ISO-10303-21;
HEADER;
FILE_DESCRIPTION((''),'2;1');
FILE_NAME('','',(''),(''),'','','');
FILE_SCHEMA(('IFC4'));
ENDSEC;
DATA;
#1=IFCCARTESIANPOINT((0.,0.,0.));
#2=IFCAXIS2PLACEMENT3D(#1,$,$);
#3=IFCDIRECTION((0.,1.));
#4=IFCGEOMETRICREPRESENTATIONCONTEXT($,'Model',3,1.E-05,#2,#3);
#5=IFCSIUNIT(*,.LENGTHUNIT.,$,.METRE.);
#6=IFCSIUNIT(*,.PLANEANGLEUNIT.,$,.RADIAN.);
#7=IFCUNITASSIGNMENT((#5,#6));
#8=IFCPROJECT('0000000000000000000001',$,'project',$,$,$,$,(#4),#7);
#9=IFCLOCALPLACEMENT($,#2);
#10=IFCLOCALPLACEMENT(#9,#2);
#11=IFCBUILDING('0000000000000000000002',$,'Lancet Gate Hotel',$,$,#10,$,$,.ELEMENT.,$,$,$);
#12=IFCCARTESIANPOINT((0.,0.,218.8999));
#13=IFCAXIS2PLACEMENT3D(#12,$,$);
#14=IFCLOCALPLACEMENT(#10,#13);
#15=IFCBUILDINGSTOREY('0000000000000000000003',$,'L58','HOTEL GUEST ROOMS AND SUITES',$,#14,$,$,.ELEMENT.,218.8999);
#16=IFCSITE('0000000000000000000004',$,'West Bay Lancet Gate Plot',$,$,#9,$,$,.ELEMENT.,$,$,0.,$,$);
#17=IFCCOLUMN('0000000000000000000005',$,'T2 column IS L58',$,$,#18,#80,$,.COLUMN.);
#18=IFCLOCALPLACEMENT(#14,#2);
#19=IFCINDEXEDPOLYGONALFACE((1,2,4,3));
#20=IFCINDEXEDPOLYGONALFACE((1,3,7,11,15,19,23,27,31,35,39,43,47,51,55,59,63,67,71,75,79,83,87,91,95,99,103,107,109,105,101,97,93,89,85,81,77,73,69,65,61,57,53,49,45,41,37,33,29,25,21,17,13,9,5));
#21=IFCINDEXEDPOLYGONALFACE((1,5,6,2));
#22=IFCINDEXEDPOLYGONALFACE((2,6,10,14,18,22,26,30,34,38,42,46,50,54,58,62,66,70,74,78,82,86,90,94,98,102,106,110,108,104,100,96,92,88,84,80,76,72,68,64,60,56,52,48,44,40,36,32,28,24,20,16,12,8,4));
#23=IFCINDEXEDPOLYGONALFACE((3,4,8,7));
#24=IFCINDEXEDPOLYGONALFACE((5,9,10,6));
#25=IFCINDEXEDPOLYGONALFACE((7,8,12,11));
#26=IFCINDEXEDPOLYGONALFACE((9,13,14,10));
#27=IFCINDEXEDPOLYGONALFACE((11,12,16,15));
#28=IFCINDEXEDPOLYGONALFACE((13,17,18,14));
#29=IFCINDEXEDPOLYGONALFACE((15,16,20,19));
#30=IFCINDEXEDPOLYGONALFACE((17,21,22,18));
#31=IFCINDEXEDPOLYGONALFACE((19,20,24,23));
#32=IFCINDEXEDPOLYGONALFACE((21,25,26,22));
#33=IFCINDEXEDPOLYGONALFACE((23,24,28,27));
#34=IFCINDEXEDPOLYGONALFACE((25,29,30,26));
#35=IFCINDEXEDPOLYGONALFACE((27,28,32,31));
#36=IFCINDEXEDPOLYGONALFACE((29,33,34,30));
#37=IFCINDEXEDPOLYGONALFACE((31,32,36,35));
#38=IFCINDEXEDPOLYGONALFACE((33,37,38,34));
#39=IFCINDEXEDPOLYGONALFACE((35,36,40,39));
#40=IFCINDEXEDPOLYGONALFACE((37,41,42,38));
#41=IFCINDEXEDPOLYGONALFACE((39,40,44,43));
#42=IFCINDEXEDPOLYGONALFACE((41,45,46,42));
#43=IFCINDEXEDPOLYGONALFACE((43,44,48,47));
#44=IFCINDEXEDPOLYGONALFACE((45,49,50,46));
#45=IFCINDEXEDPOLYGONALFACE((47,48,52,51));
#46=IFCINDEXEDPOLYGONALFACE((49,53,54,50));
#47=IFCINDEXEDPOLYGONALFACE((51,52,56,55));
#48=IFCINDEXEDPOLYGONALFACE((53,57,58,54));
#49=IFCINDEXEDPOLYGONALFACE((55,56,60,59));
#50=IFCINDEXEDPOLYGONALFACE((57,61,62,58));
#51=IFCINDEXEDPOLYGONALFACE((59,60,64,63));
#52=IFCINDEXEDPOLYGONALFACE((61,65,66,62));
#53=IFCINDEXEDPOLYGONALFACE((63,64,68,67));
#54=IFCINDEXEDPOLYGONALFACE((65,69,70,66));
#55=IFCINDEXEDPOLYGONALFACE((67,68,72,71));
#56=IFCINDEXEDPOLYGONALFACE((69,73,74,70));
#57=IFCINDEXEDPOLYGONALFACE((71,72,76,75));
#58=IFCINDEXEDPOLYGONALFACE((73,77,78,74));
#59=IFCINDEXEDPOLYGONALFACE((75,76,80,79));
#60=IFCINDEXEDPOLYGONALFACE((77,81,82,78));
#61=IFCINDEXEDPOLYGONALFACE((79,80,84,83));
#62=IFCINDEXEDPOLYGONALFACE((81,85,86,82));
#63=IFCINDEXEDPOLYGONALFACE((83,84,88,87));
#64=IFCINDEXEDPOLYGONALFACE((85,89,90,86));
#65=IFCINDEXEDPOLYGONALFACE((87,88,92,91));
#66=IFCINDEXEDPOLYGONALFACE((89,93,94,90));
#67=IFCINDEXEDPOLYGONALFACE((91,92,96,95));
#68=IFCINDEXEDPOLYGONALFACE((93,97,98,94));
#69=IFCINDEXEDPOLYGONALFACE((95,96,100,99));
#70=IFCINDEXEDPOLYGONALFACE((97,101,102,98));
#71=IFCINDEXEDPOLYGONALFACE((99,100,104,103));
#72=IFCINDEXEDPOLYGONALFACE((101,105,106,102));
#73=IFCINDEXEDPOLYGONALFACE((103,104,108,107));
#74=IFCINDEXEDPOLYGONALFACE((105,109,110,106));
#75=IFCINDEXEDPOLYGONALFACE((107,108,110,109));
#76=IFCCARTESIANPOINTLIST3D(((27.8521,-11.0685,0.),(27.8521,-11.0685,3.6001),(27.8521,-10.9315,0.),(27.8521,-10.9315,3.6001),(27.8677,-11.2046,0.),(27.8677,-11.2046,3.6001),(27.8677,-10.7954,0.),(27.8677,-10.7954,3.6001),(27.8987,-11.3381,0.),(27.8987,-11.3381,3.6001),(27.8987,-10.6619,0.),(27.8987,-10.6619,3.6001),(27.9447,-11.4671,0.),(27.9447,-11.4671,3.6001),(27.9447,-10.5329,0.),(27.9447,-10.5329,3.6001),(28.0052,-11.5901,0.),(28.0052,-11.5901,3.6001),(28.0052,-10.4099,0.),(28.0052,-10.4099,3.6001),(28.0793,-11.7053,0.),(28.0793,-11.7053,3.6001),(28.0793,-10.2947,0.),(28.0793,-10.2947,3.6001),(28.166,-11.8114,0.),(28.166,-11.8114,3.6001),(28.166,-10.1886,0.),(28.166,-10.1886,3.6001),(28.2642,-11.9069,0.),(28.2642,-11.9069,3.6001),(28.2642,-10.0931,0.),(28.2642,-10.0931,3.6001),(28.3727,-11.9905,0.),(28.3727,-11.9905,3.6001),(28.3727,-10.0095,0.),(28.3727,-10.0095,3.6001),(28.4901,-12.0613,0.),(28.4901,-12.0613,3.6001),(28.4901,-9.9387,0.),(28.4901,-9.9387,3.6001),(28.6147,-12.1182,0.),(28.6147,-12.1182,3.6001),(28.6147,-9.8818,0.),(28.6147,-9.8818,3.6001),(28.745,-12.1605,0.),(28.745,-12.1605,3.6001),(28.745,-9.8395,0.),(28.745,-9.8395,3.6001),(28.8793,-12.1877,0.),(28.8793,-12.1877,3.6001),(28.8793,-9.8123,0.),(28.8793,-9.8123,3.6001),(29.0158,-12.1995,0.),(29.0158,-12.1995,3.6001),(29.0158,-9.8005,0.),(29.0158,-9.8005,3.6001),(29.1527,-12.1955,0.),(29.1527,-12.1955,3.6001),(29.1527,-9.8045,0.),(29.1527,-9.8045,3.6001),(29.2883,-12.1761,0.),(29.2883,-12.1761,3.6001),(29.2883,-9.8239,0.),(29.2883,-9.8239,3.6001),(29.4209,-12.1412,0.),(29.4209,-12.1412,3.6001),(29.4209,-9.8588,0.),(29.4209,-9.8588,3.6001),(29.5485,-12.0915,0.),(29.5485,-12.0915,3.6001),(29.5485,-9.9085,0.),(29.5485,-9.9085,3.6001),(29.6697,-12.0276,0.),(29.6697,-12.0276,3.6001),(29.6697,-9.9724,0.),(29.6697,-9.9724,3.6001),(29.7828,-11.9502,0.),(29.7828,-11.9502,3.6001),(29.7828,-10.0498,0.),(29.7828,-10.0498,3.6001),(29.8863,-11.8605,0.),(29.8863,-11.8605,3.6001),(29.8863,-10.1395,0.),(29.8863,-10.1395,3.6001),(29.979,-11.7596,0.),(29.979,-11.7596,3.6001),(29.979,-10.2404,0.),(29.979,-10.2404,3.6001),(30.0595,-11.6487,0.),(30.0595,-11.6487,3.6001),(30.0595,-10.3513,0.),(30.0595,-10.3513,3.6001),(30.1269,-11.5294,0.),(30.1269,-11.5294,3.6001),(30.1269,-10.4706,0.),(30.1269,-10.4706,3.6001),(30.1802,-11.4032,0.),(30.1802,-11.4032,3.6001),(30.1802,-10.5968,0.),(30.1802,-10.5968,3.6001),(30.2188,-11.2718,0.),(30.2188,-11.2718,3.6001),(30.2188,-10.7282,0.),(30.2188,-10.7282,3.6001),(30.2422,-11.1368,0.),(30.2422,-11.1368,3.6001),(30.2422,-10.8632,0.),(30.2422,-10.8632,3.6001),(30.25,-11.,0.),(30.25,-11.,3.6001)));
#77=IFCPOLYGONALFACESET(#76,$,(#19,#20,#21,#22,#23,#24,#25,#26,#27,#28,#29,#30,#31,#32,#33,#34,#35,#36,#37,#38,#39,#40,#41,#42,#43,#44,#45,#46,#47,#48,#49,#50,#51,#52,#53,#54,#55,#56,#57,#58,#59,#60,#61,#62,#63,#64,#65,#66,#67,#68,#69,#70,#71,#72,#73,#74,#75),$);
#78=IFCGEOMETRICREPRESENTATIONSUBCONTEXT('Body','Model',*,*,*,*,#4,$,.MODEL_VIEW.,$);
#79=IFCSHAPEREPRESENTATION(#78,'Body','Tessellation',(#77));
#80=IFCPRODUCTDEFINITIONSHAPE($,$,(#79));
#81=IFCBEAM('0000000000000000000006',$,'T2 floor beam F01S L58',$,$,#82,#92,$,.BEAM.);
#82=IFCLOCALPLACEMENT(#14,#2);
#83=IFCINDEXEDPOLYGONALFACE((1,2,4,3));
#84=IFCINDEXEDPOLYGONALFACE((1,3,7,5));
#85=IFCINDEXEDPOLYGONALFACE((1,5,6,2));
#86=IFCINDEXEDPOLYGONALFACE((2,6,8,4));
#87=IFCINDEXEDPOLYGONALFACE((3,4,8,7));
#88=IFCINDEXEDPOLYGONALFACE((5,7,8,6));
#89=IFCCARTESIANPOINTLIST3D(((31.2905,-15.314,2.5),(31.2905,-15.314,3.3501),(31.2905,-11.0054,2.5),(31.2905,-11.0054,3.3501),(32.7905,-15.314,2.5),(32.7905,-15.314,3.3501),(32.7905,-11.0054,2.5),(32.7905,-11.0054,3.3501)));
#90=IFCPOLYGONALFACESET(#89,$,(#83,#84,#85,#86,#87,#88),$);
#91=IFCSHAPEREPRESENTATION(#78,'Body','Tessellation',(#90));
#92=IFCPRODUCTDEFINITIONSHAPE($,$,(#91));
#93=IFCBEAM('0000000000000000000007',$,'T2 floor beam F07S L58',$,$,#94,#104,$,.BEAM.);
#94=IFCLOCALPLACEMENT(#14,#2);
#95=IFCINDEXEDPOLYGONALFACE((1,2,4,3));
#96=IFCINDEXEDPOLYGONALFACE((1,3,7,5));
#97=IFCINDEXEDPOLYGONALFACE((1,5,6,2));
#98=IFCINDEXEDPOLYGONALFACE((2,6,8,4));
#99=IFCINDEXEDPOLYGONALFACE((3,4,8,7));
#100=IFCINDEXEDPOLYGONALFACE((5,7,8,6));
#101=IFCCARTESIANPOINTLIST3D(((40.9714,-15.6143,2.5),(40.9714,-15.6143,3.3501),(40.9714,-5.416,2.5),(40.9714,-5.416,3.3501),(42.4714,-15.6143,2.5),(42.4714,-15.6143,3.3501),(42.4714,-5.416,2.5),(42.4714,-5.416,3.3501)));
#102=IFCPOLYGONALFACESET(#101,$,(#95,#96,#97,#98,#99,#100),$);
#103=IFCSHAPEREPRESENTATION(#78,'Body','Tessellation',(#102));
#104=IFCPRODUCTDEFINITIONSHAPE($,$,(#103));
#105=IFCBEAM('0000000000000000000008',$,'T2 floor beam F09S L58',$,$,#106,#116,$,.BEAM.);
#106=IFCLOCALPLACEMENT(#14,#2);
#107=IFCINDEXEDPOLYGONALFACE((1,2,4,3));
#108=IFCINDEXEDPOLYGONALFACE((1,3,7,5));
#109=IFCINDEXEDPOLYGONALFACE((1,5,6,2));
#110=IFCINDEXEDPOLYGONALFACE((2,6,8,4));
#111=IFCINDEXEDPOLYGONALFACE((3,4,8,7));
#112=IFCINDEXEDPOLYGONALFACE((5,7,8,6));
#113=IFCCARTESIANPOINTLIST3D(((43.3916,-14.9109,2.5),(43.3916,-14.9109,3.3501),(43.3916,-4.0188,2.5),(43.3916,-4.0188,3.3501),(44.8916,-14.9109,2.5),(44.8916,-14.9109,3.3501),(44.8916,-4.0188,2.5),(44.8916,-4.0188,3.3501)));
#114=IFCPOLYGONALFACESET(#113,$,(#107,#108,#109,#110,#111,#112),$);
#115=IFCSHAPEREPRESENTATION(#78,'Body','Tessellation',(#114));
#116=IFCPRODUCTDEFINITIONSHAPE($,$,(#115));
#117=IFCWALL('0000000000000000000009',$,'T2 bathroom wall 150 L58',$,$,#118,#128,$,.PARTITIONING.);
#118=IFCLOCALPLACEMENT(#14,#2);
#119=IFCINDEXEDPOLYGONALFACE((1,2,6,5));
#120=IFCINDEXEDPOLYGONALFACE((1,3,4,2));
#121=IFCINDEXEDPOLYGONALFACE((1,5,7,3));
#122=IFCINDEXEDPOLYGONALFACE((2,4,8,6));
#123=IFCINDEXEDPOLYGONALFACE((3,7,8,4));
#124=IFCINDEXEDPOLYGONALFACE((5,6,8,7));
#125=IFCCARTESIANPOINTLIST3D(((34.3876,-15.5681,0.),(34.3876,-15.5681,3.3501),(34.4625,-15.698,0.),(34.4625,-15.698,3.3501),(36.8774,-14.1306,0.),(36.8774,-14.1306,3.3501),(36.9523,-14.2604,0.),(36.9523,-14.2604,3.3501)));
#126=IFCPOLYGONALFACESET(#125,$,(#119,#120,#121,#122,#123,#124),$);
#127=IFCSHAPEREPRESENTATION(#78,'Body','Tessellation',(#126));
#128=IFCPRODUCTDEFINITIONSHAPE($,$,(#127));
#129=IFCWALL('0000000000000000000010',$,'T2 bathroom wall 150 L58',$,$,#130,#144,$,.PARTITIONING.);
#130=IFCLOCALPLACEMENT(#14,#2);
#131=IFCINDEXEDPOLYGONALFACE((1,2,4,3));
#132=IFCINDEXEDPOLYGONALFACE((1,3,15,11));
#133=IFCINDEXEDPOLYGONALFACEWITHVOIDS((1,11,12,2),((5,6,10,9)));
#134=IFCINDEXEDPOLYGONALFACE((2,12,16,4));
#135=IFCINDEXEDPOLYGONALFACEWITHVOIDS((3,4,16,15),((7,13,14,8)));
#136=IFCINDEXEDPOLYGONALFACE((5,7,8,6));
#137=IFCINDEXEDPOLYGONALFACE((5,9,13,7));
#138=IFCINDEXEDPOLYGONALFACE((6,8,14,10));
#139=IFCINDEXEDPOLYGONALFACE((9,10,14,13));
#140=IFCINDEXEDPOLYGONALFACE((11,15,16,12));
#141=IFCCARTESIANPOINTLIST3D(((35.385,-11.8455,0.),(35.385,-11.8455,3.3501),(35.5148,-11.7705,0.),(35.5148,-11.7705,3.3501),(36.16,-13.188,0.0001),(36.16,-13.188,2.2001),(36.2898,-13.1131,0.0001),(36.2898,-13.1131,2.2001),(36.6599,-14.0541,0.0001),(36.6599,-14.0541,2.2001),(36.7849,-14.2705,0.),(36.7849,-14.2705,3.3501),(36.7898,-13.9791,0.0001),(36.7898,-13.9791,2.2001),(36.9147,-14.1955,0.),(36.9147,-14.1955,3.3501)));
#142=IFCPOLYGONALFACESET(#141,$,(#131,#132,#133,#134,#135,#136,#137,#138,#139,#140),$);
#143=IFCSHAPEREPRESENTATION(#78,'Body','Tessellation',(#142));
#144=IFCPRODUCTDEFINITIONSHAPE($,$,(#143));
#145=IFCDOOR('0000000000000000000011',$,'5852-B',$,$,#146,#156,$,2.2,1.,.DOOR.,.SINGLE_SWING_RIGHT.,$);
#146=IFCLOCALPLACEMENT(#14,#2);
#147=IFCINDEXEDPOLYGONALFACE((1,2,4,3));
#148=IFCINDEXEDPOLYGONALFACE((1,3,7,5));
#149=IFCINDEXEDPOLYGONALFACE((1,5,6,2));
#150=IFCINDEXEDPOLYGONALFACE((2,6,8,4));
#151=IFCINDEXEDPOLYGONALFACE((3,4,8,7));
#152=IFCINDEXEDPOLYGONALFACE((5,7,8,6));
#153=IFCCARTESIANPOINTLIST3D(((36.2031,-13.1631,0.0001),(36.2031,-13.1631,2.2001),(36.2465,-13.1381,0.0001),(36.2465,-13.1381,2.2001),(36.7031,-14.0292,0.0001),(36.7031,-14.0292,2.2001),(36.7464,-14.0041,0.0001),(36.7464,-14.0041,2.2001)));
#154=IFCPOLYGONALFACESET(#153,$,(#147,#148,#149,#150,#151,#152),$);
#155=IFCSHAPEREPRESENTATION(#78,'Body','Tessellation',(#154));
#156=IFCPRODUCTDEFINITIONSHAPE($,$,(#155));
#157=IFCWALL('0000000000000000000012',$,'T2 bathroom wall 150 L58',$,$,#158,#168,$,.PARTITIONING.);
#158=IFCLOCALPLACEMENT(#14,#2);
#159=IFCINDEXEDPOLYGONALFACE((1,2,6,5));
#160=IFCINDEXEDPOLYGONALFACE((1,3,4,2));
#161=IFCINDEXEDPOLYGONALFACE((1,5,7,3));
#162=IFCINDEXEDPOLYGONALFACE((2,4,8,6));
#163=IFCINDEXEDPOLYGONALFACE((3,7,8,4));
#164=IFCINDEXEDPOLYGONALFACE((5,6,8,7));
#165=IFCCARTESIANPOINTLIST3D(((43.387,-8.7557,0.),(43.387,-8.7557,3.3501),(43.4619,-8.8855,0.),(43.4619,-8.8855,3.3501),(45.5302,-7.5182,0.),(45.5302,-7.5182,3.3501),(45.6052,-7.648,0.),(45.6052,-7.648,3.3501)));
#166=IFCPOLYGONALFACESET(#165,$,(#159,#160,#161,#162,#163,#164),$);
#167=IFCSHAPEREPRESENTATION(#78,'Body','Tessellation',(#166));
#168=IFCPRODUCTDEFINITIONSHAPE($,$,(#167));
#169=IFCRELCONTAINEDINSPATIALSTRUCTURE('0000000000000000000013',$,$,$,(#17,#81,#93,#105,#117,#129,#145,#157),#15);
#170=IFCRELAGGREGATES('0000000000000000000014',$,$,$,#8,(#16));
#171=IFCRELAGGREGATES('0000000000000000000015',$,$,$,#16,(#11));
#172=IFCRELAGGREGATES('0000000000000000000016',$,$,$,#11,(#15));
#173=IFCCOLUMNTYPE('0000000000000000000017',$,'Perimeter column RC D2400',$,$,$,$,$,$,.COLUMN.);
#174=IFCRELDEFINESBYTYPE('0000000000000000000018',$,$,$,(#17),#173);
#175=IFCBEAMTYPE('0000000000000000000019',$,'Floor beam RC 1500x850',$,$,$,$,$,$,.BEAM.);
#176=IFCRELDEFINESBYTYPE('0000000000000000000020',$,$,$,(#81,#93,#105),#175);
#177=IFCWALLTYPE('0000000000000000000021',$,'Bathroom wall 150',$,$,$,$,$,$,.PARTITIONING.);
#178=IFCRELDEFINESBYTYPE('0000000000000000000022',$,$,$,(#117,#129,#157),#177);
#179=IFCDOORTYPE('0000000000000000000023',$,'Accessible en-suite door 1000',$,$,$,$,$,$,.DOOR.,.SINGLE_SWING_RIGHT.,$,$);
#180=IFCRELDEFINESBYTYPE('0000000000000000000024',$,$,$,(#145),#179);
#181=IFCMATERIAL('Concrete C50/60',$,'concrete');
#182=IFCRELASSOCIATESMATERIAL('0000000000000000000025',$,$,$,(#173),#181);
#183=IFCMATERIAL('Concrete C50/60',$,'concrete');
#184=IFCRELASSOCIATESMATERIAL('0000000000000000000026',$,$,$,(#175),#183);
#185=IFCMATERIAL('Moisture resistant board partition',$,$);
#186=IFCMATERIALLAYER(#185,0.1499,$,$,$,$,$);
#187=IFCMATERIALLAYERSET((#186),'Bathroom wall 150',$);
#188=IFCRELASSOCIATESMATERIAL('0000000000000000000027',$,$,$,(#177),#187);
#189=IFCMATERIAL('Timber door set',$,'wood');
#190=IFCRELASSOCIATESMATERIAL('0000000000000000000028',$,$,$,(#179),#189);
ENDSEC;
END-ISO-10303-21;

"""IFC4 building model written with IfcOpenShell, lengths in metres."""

from ifc_helpers import new_model, si_unit, direction, frame, frame_2d, origin, origin_2d, place, context, subcontext, project, spatial, rectangle, circle, extrude, material, layer, layer_set, material_profile, profile_set, type_object, element, fill, save


model = new_model("IFC4")

# Units and contexts
model_context = context("Model", 3, precision=1e-05, world=origin(), true_north=direction((0.0, 1.0)))
body_context = subcontext(model_context, "Body", "Model", "MODEL_VIEW")
ifc_project = project(units=[si_unit("LENGTHUNIT", "METRE"), si_unit("PLANEANGLEUNIT", "RADIAN")], contexts=[model_context])

# Site, building, storey
site_placement = place(None, origin())
site = spatial("IfcSite", under=ifc_project, at=site_placement, Name="West Bay Lancet Gate Plot", CompositionType="ELEMENT", RefElevation=0.0)
building_placement = place(site_placement, origin())
building = spatial("IfcBuilding", under=site, at=building_placement, Name="Lancet Gate Hotel", CompositionType="ELEMENT")
storey_placement = place(building_placement, frame((0.0, 0.0, 218.8999)))
storey = spatial("IfcBuildingStorey", under=building, at=storey_placement, Name="L58", Description="HOTEL GUEST ROOMS AND SUITES", CompositionType="ELEMENT", Elevation=218.8999)

# Column
ifc_material_1 = material(Name="Concrete C50/60", Category="concrete")
ifc_material_profile_1 = material_profile(ifc_material_1, circle(Radius=1.2, at=origin_2d()), Name="RC D2400")
ifc_profile_set_1 = profile_set([ifc_material_profile_1], Name="Concrete C50/60")
column_type = type_object("IfcColumnType", Name="Perimeter column RC D2400", PredefinedType="COLUMN", material=ifc_profile_set_1)
column_placement = place(storey_placement, frame((29.05, -11.0, 0.0), z_axis=(0.0, 0.0, 1.0), x_axis=(1.0, 0.0, 0.0)))
element("IfcColumn", 1, at=column_placement, inside=storey, type_object=column_type, Name="T2 column IS L58", PredefinedType="COLUMN", context=body_context, shape_type="SweptSolid", body=[
    extrude(circle(Radius=1.2, at=origin_2d()), origin(), (0.0, 0.0, 1.0), 3.6001),
])

# Beams
ifc_material_2 = material(Name="Concrete C50/60", Category="concrete")
ifc_material_profile_2 = material_profile(ifc_material_2, rectangle(XDim=1.5, YDim=0.8501, at=origin_2d()), Name="RC 1500x850")
ifc_profile_set_2 = profile_set([ifc_material_profile_2], Name="Concrete C50/60")
beam_type = type_object("IfcBeamType", Name="Floor beam RC 1500x850", PredefinedType="BEAM", material=ifc_profile_set_2)
beam_1_placement = place(storey_placement, frame((32.0405, -15.314, 2.925), z_axis=(0.0, 1.0, 0.0), x_axis=(-1.0, 0.0, 0.0)))
element("IfcBeam", 2, at=beam_1_placement, inside=storey, type_object=beam_type, Name="T2 floor beam F01S L58", PredefinedType="BEAM", context=body_context, shape_type="SweptSolid", body=[
    extrude(rectangle(XDim=1.5, YDim=0.8501, at=origin_2d()), origin(), (0.0, 0.0, 1.0), 4.3086),
])
beam_2_placement = place(storey_placement, frame((41.7214, -15.6143, 2.925), z_axis=(0.0, 1.0, 0.0), x_axis=(-1.0, 0.0, 0.0)))
element("IfcBeam", 3, at=beam_2_placement, inside=storey, type_object=beam_type, Name="T2 floor beam F07S L58", PredefinedType="BEAM", context=body_context, shape_type="SweptSolid", body=[
    extrude(rectangle(XDim=1.5, YDim=0.8501, at=origin_2d()), origin(), (0.0, 0.0, 1.0), 10.1982),
])
beam_3_placement = place(storey_placement, frame((44.1416, -14.9109, 2.925), z_axis=(0.0, 1.0, 0.0), x_axis=(-1.0, 0.0, 0.0)))
element("IfcBeam", 4, at=beam_3_placement, inside=storey, type_object=beam_type, Name="T2 floor beam F09S L58", PredefinedType="BEAM", context=body_context, shape_type="SweptSolid", body=[
    extrude(rectangle(XDim=1.5, YDim=0.8501, at=origin_2d()), origin(), (0.0, 0.0, 1.0), 10.8921),
])

# Wall
ifc_material_3 = material(Name="Moisture resistant board partition")
ifc_layer_1 = layer(ifc_material_3, 0.1499)
ifc_layer_set_1 = layer_set([ifc_layer_1], Name="Bathroom wall 150")
wall_type_1 = type_object("IfcWallType", Name="Bathroom wall 150", PredefinedType="PARTITIONING", material=ifc_layer_set_1)
wall_1_placement = place(storey_placement, frame((34.425, -15.6331, 0.0), z_axis=(0.0, 0.0, 1.0), x_axis=(0.866019, 0.500012, 0.0)))
element("IfcWall", 5, at=wall_1_placement, inside=storey, type_object=wall_type_1, Name="T2 bathroom wall 150 L58", PredefinedType="PARTITIONING", context=body_context, shape_type="SweptSolid", body=[
    extrude(rectangle(XDim=2.875, YDim=0.1499, at=frame_2d((1.4375, 0.0))), origin(), (0.0, 0.0, 1.0), 3.3501),
])

# Wall, opening, door
wall_2_placement = place(storey_placement, frame((35.45, -11.8081, 0.0), z_axis=(0.0, 0.0, 1.0), x_axis=(0.499946, -0.866056, 0.0)))
wall_2 = element("IfcWall", 6, at=wall_2_placement, inside=storey, type_object=wall_type_1, Name="T2 bathroom wall 150 L58", PredefinedType="PARTITIONING", context=body_context, shape_type="SweptSolid", body=[
    extrude(rectangle(XDim=2.8, YDim=0.1499, at=frame_2d((1.3999, 0.0))), origin(), (0.0, 0.0, 1.0), 3.3501),
])
opening_1_placement = place(wall_2_placement, frame((1.55, 0.0, 0.0)))
opening_1 = element("IfcOpeningElement", 7, at=opening_1_placement, cuts=wall_2, PredefinedType="OPENING", context=body_context, shape_type="SweptSolid", body=[
    extrude(rectangle(XDim=1.0, YDim=2.2, at=frame_2d((0.5, 1.1001))), frame((0.0, 0.085, 0.0), z_axis=(0.0, -1.0, 0.0), x_axis=(1.0, 0.0, 0.0)), (0.0, 0.0, 1.0), 0.1699),
])
ifc_material_4 = material(Name="Timber door set", Category="wood")
door_type_1 = type_object("IfcDoorType", Name="Accessible en-suite door 1000", OperationType="SINGLE_SWING_RIGHT", PredefinedType="DOOR", material=ifc_material_4)
door_1_placement = place(opening_1_placement, origin())
door_1 = element("IfcDoor", 8, at=door_1_placement, inside=storey, type_object=door_type_1, Name="5852-B", OperationType="SINGLE_SWING_RIGHT", OverallHeight=2.2, OverallWidth=1.0, PredefinedType="DOOR", context=body_context, shape_type="SweptSolid", body=[
    extrude(rectangle(XDim=1.0, YDim=2.2, at=frame_2d((0.5, 1.1001))), frame((0.0, 0.0249, 0.0), z_axis=(0.0, -1.0, 0.0), x_axis=(1.0, 0.0, 0.0)), (0.0, 0.0, 1.0), 0.05),
])
fill(opening_1, door_1)

# Wall
wall_3_placement = place(storey_placement, frame((43.4246, -8.8206, 0.0), z_axis=(0.0, 0.0, 1.0), x_axis=(0.866007, 0.500033, 0.0)))
element("IfcWall", 9, at=wall_3_placement, inside=storey, type_object=wall_type_1, Name="T2 bathroom wall 150 L58", PredefinedType="PARTITIONING", context=body_context, shape_type="SweptSolid", body=[
    extrude(rectangle(XDim=2.4749, YDim=0.1499, at=frame_2d((1.2373, 0.0))), origin(), (0.0, 0.0, 1.0), 3.3501),
])

save(model, "model.ifc")
